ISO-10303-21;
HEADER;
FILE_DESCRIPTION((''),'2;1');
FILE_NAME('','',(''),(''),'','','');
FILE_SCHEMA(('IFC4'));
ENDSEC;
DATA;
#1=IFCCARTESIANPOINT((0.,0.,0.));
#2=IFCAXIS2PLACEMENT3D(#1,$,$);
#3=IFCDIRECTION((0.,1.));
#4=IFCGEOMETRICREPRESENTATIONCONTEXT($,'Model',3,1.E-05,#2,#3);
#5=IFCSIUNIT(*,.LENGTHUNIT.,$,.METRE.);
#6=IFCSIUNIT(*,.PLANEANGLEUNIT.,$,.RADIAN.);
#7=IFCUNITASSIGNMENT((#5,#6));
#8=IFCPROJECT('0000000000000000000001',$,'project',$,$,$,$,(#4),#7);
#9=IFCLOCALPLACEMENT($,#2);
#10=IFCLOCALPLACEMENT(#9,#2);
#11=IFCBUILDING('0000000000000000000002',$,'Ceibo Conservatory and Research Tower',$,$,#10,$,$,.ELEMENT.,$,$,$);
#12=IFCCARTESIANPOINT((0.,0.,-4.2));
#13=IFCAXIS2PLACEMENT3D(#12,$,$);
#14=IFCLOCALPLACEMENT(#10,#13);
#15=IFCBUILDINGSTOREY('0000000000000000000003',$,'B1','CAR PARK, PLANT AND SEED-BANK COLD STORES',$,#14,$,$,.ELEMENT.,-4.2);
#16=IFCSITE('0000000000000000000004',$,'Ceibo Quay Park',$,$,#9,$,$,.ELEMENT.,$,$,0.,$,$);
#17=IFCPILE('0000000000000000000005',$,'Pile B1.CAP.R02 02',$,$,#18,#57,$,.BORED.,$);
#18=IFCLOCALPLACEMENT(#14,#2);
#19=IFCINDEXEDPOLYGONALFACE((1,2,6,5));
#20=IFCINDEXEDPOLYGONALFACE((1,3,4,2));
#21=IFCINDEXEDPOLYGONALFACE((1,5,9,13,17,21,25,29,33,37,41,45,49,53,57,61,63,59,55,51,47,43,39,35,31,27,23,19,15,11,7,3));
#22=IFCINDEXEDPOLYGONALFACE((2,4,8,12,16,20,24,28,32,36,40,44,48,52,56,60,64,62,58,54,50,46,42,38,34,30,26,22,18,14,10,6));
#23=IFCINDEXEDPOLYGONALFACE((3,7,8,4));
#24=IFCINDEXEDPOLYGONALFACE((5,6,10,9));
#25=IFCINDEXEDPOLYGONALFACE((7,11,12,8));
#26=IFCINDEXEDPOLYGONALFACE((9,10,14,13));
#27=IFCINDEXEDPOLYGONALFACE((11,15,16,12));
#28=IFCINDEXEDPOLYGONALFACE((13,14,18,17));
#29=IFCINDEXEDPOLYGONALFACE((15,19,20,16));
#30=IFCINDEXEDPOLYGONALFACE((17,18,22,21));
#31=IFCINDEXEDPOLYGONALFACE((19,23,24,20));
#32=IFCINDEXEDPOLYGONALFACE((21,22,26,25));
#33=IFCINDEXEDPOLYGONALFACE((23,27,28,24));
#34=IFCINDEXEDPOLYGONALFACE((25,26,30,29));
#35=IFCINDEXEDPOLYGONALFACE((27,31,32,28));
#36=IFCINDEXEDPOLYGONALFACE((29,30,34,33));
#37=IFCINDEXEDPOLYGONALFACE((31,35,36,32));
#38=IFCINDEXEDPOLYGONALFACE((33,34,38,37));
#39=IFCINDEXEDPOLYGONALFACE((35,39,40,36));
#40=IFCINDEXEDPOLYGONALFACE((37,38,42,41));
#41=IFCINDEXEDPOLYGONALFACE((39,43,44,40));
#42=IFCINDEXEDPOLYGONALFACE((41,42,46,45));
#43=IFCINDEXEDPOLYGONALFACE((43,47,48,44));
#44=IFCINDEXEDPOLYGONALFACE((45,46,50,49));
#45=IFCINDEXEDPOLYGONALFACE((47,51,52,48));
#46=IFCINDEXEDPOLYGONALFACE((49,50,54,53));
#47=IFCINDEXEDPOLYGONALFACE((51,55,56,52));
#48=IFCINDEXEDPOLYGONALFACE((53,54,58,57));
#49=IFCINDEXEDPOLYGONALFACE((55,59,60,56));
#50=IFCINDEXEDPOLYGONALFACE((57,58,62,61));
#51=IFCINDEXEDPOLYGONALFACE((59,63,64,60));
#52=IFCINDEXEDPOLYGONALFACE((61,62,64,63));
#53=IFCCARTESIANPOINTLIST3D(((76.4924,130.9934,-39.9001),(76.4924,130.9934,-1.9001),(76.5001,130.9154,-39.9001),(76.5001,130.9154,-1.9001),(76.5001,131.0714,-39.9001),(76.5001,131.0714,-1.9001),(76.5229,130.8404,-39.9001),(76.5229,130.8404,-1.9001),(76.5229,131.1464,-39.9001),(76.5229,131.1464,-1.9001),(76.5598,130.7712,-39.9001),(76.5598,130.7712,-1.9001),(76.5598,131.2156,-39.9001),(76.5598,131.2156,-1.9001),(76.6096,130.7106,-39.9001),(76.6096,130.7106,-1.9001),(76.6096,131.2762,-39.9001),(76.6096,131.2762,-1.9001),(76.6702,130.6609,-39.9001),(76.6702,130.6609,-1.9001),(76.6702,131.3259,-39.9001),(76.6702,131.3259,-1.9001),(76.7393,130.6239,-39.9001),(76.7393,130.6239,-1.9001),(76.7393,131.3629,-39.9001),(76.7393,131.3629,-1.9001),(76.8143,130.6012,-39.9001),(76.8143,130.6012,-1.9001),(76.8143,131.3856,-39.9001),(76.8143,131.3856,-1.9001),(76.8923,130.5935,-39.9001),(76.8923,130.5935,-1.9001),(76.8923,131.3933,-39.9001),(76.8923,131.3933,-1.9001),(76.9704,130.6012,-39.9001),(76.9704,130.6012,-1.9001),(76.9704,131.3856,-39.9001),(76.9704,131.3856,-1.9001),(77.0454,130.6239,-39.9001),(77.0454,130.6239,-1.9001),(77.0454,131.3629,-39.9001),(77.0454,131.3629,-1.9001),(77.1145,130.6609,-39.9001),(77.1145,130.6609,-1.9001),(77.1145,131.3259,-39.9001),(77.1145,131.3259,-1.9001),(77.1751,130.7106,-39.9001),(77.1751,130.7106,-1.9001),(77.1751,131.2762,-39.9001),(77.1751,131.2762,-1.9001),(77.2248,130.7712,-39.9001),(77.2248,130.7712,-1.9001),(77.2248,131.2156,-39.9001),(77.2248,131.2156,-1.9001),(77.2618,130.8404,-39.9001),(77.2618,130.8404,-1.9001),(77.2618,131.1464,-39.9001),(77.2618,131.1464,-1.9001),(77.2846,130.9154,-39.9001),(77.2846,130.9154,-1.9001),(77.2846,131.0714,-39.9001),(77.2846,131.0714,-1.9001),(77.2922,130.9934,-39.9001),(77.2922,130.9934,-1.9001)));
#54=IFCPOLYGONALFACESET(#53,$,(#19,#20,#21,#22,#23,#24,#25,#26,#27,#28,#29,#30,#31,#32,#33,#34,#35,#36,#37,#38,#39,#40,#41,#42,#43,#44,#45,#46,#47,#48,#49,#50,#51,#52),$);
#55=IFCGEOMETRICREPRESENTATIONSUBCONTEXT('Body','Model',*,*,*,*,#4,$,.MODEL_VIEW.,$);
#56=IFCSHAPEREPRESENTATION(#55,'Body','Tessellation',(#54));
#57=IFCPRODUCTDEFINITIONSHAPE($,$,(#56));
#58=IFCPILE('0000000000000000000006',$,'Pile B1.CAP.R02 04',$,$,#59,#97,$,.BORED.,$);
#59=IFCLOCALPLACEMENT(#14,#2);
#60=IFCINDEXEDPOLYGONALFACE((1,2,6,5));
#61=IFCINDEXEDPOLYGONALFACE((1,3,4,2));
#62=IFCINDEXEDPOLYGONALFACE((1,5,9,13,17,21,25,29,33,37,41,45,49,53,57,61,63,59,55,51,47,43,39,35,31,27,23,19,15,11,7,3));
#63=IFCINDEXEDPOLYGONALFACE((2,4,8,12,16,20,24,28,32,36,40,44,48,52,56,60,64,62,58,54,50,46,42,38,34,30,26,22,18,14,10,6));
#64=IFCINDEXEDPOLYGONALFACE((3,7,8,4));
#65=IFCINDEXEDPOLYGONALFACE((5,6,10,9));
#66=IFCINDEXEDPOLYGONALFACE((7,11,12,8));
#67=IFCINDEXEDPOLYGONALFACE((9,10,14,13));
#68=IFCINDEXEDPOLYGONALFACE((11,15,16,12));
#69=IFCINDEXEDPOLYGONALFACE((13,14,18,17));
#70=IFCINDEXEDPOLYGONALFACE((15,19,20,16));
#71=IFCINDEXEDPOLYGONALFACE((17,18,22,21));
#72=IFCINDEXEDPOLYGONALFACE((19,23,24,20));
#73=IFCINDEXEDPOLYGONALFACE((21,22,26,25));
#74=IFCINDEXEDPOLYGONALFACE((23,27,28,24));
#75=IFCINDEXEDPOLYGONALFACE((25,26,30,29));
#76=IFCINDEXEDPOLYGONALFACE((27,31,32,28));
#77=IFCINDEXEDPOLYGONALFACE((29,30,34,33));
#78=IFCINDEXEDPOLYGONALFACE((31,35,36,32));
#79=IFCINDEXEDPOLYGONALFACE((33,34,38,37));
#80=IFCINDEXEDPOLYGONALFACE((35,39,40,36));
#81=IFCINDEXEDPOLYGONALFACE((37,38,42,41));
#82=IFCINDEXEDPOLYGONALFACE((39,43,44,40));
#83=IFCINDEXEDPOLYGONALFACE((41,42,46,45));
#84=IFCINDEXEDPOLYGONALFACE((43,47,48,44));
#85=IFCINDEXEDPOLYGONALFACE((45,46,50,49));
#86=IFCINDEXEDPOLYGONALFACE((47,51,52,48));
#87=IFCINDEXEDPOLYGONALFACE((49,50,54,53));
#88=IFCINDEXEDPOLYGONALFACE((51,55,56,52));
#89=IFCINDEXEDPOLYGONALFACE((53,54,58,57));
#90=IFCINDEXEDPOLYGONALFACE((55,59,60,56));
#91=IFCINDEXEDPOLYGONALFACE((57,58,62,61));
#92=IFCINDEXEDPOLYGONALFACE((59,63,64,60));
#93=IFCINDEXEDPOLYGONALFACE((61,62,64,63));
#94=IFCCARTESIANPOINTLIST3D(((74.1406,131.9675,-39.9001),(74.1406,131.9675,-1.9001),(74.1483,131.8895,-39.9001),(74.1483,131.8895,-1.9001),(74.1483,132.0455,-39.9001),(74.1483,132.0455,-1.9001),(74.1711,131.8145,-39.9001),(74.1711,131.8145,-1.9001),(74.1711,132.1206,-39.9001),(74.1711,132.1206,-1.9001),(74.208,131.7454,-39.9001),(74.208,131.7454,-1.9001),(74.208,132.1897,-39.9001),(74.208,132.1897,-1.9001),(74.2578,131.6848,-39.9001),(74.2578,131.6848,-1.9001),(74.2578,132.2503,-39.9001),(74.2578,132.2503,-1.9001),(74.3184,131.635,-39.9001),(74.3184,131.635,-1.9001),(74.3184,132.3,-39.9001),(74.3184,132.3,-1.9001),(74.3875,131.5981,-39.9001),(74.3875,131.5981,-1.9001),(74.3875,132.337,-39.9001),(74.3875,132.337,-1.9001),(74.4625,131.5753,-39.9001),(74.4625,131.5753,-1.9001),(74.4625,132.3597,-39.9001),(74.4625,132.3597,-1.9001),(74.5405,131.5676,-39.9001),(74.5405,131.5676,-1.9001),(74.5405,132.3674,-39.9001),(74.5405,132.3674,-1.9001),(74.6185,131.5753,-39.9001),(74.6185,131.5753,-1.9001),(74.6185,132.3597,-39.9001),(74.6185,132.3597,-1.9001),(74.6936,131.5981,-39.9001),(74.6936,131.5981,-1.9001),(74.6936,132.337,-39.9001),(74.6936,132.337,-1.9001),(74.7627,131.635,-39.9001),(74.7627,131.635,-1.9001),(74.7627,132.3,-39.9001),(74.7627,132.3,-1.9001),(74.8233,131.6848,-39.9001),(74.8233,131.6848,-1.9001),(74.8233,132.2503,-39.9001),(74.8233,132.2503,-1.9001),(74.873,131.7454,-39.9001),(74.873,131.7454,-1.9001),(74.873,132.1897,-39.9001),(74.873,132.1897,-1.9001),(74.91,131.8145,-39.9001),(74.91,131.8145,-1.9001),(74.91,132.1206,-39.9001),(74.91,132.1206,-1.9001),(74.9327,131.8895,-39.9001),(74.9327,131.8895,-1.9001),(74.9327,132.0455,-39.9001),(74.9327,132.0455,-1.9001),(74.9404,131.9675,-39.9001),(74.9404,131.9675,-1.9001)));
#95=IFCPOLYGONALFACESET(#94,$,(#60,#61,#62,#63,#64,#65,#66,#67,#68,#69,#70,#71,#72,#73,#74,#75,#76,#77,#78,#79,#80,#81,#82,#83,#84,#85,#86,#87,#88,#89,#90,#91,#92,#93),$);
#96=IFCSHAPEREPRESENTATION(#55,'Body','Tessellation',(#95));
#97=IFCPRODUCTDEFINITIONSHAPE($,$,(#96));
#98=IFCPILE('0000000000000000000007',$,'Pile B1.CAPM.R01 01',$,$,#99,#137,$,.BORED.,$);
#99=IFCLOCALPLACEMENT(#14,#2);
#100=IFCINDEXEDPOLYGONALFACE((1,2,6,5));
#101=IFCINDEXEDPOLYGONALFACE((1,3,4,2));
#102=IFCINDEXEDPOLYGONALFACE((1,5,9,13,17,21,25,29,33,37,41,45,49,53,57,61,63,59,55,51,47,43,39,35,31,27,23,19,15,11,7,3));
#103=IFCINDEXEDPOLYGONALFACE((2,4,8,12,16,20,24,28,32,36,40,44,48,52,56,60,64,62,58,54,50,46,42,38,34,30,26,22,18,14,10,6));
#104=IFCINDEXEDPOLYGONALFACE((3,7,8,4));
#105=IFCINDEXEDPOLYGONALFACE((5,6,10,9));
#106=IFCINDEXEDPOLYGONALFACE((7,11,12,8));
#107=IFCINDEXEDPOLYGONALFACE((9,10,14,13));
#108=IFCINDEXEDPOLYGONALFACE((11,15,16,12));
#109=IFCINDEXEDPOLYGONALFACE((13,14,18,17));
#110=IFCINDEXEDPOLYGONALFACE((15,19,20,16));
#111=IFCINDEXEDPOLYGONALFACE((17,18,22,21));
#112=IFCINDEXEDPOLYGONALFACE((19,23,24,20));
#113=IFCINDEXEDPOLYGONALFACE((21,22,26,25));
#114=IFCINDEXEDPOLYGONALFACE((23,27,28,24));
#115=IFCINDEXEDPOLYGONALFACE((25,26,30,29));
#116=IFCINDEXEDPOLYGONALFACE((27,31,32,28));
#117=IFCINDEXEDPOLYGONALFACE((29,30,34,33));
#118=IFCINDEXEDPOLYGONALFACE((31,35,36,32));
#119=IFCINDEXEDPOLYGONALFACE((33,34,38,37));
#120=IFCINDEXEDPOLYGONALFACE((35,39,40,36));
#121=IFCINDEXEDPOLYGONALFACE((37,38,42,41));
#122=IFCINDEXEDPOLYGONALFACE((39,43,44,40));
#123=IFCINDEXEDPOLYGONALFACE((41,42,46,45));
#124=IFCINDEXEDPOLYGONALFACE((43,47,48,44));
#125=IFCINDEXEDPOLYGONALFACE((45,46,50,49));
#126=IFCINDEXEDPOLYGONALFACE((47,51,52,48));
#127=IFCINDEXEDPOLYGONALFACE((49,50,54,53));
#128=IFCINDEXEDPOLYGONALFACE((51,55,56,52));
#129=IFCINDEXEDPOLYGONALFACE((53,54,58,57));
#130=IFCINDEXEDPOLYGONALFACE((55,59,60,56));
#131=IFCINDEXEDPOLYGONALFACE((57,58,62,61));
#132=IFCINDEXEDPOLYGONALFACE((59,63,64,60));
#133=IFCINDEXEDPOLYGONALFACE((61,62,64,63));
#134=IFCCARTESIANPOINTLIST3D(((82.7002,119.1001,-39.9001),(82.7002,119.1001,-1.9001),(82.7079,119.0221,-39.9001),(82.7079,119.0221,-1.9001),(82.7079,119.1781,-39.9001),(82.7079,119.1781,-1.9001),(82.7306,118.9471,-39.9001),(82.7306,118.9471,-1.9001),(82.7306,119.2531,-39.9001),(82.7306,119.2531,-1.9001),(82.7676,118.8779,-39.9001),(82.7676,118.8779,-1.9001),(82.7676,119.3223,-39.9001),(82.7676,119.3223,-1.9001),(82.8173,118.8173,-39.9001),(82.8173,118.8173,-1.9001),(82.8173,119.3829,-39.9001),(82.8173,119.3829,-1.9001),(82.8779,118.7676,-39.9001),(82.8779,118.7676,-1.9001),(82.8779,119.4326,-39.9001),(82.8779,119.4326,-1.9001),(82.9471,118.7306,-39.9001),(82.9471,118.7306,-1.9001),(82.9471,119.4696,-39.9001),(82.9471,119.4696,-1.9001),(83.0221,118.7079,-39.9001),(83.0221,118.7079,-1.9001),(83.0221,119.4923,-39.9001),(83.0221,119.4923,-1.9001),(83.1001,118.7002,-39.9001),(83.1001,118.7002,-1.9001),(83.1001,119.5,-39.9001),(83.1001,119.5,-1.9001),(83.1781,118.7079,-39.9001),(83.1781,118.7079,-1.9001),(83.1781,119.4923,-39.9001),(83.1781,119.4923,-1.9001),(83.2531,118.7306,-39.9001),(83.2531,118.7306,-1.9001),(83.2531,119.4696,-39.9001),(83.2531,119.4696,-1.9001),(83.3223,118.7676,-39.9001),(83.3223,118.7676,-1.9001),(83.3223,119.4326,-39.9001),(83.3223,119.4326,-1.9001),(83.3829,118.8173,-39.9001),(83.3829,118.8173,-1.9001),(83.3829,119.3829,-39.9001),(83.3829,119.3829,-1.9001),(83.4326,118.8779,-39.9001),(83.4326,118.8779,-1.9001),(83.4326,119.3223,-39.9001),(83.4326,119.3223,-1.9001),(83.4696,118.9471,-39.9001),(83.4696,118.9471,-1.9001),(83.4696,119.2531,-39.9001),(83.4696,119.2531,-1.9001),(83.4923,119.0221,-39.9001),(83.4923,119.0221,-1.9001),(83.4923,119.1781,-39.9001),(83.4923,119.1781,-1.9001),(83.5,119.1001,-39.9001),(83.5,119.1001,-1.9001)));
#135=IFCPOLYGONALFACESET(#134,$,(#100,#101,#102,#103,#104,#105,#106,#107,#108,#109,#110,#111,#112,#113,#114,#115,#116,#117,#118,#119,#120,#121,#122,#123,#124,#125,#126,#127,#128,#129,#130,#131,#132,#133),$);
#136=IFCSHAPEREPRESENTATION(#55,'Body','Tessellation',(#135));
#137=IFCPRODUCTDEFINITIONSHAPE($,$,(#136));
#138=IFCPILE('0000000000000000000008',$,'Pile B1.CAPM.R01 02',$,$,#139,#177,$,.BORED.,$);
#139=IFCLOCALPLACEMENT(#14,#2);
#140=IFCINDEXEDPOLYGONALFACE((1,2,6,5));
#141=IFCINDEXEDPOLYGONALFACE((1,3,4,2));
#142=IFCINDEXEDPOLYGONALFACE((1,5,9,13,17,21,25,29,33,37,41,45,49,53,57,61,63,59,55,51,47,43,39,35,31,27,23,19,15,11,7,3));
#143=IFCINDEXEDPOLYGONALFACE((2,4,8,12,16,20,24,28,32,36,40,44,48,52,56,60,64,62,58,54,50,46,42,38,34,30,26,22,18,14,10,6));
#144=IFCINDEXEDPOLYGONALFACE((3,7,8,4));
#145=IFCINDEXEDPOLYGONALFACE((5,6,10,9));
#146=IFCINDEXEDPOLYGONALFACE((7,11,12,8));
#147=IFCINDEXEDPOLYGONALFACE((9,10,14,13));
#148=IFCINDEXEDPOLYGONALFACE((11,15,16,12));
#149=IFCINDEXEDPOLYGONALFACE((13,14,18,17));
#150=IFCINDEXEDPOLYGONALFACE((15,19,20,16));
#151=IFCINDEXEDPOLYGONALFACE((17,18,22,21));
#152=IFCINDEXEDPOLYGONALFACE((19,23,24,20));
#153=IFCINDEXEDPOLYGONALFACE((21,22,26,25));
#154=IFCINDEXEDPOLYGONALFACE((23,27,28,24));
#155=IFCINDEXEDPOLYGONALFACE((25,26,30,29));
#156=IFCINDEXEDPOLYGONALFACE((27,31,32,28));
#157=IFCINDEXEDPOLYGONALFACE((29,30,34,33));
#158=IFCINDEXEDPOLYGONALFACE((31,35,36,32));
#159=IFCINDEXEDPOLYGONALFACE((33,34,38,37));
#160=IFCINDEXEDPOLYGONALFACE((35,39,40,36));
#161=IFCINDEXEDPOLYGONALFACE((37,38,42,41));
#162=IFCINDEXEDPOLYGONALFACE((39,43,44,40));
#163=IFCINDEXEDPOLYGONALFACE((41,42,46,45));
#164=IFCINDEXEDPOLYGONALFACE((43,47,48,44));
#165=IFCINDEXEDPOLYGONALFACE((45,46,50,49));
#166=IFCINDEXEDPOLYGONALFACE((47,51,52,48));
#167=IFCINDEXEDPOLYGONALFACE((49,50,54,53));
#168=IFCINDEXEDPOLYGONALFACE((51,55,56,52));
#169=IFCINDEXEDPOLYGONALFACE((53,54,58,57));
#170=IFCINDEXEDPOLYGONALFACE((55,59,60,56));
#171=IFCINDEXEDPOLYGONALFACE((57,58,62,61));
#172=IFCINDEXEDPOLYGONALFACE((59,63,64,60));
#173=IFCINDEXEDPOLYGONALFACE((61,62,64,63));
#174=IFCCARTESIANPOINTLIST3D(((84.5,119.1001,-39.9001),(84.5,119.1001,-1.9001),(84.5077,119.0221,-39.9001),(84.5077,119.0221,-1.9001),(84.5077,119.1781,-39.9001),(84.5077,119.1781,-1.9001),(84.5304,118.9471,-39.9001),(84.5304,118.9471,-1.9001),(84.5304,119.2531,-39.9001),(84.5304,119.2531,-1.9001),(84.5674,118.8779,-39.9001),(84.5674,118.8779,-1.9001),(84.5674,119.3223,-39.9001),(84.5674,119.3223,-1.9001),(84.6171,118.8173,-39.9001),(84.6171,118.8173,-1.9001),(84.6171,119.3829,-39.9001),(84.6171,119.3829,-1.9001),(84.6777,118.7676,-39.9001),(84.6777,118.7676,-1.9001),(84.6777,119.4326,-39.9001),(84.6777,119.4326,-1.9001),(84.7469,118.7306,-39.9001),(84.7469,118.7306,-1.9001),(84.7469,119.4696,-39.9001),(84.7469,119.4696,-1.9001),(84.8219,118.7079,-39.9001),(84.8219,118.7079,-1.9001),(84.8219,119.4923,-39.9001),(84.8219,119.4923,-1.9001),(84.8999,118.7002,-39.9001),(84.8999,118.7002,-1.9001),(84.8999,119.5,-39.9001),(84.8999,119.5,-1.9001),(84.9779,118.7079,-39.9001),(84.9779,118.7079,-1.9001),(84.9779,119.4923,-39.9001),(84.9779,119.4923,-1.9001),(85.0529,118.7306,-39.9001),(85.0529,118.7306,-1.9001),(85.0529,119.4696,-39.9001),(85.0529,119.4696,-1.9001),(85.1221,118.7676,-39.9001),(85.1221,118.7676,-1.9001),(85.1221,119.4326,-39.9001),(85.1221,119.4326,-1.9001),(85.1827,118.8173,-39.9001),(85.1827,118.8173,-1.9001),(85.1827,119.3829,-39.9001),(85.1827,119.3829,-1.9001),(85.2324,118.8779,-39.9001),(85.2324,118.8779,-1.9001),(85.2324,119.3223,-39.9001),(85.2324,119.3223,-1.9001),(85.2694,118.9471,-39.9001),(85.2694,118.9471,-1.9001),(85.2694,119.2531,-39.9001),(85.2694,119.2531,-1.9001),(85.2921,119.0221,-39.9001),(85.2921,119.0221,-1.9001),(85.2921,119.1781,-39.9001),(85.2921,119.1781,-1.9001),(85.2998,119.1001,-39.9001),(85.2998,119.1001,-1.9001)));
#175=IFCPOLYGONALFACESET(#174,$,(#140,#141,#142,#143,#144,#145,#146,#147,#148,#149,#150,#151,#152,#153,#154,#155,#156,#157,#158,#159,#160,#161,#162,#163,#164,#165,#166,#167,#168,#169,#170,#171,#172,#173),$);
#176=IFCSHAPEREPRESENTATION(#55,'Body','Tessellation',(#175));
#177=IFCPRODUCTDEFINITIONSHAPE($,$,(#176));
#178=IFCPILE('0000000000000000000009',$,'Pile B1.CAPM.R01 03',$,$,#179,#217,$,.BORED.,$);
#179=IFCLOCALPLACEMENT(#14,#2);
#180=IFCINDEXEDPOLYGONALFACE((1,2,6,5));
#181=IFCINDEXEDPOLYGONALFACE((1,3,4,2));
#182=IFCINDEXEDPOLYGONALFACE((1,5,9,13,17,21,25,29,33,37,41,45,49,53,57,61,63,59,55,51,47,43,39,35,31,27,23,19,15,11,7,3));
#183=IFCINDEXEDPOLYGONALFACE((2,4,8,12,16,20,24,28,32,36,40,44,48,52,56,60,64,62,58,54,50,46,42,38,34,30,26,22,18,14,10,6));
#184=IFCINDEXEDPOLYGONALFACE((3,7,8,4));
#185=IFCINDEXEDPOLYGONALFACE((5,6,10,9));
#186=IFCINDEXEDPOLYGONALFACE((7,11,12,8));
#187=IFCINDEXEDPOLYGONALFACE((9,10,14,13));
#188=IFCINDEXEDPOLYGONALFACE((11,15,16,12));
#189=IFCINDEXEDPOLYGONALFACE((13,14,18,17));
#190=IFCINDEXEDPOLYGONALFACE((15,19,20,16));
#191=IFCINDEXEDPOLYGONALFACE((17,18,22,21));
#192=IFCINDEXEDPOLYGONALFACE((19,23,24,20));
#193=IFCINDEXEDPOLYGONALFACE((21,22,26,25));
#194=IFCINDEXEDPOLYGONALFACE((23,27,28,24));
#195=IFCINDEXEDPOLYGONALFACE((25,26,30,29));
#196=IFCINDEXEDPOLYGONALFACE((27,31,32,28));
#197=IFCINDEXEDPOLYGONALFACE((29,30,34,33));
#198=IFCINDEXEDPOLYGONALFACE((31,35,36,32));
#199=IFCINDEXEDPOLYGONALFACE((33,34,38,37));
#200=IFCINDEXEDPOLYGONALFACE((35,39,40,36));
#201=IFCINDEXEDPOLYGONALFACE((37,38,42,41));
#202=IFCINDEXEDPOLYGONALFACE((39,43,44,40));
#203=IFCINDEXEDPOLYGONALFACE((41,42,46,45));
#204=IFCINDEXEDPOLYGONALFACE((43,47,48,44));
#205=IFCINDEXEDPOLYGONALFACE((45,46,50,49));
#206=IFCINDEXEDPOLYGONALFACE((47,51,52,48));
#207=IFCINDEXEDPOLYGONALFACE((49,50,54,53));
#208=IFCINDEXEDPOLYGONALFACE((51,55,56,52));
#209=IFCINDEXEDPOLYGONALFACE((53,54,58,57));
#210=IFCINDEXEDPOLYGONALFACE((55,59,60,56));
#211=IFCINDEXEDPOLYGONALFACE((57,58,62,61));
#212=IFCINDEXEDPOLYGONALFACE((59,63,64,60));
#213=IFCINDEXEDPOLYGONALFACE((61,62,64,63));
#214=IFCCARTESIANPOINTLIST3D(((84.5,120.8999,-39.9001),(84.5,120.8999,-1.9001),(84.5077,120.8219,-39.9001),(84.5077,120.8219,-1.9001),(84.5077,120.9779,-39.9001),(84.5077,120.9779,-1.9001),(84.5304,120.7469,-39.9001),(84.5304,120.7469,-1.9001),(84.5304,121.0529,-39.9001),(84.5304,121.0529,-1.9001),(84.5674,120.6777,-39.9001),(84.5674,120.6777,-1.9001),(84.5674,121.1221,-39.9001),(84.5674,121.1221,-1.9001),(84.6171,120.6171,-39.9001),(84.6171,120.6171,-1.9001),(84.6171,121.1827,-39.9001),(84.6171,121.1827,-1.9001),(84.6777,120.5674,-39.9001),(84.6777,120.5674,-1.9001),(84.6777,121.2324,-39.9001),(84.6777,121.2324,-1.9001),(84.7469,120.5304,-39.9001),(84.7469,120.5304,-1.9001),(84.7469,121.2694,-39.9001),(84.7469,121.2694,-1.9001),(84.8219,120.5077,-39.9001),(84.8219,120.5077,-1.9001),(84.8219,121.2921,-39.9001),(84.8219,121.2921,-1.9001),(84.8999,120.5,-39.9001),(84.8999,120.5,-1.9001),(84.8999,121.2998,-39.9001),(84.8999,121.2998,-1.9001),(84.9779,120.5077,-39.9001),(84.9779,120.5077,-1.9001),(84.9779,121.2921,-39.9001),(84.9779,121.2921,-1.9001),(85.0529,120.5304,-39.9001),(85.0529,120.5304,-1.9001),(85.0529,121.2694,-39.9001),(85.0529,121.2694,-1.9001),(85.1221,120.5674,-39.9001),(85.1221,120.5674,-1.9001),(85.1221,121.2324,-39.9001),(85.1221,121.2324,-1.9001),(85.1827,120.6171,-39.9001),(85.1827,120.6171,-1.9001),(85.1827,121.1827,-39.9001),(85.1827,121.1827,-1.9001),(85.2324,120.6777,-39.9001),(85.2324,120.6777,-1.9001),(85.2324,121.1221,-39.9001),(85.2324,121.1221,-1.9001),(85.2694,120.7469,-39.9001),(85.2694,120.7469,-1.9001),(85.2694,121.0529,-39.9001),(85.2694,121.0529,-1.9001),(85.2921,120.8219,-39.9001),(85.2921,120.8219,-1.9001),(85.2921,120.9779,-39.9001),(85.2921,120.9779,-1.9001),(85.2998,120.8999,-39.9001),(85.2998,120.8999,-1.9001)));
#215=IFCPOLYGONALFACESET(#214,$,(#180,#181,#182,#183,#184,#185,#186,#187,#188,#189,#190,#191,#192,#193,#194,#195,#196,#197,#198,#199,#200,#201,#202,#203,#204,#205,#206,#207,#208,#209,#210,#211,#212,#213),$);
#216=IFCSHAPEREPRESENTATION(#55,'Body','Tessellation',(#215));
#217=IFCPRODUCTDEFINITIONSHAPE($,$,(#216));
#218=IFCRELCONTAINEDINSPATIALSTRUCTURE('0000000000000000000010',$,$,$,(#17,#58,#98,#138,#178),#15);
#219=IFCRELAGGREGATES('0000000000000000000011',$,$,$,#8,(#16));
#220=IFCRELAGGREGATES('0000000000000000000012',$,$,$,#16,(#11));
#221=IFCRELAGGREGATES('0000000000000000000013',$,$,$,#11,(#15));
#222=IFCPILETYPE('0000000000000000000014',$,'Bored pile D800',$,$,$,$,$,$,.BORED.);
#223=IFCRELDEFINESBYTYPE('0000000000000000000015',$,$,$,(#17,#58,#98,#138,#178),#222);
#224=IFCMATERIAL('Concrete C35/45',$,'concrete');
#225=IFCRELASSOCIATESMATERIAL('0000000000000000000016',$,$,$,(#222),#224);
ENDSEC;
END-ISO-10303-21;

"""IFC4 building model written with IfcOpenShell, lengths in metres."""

from ifc_helpers import new_model, si_unit, direction, frame, origin, origin_2d, place, context, subcontext, project, spatial, circle, extrude, material, material_profile, profile_set, type_object, element, save


model = new_model("IFC4")

# Units and contexts
model_context = context("Model", 3, precision=1e-05, world=origin(), true_north=direction((0.0, 1.0)))
body_context = subcontext(model_context, "Body", "Model", "MODEL_VIEW")
ifc_project = project(units=[si_unit("LENGTHUNIT", "METRE"), si_unit("PLANEANGLEUNIT", "RADIAN")], contexts=[model_context])

# Site, building, storey
site_placement = place(None, origin())
site = spatial("IfcSite", under=ifc_project, at=site_placement, Name="Ceibo Quay Park", CompositionType="ELEMENT", RefElevation=0.0)
building_placement = place(site_placement, origin())
building = spatial("IfcBuilding", under=site, at=building_placement, Name="Ceibo Conservatory and Research Tower", CompositionType="ELEMENT")
storey_placement = place(building_placement, frame((0.0, 0.0, -4.2)))
storey = spatial("IfcBuildingStorey", under=building, at=storey_placement, Name="B1", Description="CAR PARK, PLANT AND SEED-BANK COLD STORES", CompositionType="ELEMENT", Elevation=-4.2)

# Piles
ifc_material_1 = material(Name="Concrete C35/45", Category="concrete")
ifc_material_profile_1 = material_profile(ifc_material_1, circle(Radius=0.3999, at=origin_2d()), Name="RC D800")
ifc_profile_set_1 = profile_set([ifc_material_profile_1], Name="Concrete C35/45")
pile_type_1 = type_object("IfcPileType", Name="Bored pile D800", PredefinedType="BORED", material=ifc_profile_set_1)
for number, where, z_axis, x_axis, name in (
    (1, (76.8923, 130.9934, -1.9001), (0.0, 0.0, -1.0), (1.0, 0.0, 0.0), "Pile B1.CAP.R02 02"),
    (2, (74.5405, 131.9675, -1.9001), (0.0, 0.0, -1.0), (1.0, 0.0, 0.0), "Pile B1.CAP.R02 04"),
    (3, (83.1001, 119.1001, -1.9001), (0.0, 0.0, -1.0), (1.0, 0.0, 0.0), "Pile B1.CAPM.R01 01"),
    (4, (84.8999, 119.1001, -1.9001), (0.0, 0.0, -1.0), (1.0, 0.0, 0.0), "Pile B1.CAPM.R01 02"),
    (5, (84.8999, 120.8999, -1.9001), (0.0, 0.0, -1.0), (1.0, 0.0, 0.0), "Pile B1.CAPM.R01 03"),
):
    element("IfcPile", number, at=place(storey_placement, frame(where, z_axis=z_axis, x_axis=x_axis)), inside=storey, type_object=pile_type_1, Name=name, PredefinedType="BORED", context=body_context, shape_type="SweptSolid", body=[
        extrude(circle(Radius=0.3999, at=origin_2d()), origin(), (0.0, 0.0, 1.0), 38.0),
    ])

save(model, "model.ifc")
